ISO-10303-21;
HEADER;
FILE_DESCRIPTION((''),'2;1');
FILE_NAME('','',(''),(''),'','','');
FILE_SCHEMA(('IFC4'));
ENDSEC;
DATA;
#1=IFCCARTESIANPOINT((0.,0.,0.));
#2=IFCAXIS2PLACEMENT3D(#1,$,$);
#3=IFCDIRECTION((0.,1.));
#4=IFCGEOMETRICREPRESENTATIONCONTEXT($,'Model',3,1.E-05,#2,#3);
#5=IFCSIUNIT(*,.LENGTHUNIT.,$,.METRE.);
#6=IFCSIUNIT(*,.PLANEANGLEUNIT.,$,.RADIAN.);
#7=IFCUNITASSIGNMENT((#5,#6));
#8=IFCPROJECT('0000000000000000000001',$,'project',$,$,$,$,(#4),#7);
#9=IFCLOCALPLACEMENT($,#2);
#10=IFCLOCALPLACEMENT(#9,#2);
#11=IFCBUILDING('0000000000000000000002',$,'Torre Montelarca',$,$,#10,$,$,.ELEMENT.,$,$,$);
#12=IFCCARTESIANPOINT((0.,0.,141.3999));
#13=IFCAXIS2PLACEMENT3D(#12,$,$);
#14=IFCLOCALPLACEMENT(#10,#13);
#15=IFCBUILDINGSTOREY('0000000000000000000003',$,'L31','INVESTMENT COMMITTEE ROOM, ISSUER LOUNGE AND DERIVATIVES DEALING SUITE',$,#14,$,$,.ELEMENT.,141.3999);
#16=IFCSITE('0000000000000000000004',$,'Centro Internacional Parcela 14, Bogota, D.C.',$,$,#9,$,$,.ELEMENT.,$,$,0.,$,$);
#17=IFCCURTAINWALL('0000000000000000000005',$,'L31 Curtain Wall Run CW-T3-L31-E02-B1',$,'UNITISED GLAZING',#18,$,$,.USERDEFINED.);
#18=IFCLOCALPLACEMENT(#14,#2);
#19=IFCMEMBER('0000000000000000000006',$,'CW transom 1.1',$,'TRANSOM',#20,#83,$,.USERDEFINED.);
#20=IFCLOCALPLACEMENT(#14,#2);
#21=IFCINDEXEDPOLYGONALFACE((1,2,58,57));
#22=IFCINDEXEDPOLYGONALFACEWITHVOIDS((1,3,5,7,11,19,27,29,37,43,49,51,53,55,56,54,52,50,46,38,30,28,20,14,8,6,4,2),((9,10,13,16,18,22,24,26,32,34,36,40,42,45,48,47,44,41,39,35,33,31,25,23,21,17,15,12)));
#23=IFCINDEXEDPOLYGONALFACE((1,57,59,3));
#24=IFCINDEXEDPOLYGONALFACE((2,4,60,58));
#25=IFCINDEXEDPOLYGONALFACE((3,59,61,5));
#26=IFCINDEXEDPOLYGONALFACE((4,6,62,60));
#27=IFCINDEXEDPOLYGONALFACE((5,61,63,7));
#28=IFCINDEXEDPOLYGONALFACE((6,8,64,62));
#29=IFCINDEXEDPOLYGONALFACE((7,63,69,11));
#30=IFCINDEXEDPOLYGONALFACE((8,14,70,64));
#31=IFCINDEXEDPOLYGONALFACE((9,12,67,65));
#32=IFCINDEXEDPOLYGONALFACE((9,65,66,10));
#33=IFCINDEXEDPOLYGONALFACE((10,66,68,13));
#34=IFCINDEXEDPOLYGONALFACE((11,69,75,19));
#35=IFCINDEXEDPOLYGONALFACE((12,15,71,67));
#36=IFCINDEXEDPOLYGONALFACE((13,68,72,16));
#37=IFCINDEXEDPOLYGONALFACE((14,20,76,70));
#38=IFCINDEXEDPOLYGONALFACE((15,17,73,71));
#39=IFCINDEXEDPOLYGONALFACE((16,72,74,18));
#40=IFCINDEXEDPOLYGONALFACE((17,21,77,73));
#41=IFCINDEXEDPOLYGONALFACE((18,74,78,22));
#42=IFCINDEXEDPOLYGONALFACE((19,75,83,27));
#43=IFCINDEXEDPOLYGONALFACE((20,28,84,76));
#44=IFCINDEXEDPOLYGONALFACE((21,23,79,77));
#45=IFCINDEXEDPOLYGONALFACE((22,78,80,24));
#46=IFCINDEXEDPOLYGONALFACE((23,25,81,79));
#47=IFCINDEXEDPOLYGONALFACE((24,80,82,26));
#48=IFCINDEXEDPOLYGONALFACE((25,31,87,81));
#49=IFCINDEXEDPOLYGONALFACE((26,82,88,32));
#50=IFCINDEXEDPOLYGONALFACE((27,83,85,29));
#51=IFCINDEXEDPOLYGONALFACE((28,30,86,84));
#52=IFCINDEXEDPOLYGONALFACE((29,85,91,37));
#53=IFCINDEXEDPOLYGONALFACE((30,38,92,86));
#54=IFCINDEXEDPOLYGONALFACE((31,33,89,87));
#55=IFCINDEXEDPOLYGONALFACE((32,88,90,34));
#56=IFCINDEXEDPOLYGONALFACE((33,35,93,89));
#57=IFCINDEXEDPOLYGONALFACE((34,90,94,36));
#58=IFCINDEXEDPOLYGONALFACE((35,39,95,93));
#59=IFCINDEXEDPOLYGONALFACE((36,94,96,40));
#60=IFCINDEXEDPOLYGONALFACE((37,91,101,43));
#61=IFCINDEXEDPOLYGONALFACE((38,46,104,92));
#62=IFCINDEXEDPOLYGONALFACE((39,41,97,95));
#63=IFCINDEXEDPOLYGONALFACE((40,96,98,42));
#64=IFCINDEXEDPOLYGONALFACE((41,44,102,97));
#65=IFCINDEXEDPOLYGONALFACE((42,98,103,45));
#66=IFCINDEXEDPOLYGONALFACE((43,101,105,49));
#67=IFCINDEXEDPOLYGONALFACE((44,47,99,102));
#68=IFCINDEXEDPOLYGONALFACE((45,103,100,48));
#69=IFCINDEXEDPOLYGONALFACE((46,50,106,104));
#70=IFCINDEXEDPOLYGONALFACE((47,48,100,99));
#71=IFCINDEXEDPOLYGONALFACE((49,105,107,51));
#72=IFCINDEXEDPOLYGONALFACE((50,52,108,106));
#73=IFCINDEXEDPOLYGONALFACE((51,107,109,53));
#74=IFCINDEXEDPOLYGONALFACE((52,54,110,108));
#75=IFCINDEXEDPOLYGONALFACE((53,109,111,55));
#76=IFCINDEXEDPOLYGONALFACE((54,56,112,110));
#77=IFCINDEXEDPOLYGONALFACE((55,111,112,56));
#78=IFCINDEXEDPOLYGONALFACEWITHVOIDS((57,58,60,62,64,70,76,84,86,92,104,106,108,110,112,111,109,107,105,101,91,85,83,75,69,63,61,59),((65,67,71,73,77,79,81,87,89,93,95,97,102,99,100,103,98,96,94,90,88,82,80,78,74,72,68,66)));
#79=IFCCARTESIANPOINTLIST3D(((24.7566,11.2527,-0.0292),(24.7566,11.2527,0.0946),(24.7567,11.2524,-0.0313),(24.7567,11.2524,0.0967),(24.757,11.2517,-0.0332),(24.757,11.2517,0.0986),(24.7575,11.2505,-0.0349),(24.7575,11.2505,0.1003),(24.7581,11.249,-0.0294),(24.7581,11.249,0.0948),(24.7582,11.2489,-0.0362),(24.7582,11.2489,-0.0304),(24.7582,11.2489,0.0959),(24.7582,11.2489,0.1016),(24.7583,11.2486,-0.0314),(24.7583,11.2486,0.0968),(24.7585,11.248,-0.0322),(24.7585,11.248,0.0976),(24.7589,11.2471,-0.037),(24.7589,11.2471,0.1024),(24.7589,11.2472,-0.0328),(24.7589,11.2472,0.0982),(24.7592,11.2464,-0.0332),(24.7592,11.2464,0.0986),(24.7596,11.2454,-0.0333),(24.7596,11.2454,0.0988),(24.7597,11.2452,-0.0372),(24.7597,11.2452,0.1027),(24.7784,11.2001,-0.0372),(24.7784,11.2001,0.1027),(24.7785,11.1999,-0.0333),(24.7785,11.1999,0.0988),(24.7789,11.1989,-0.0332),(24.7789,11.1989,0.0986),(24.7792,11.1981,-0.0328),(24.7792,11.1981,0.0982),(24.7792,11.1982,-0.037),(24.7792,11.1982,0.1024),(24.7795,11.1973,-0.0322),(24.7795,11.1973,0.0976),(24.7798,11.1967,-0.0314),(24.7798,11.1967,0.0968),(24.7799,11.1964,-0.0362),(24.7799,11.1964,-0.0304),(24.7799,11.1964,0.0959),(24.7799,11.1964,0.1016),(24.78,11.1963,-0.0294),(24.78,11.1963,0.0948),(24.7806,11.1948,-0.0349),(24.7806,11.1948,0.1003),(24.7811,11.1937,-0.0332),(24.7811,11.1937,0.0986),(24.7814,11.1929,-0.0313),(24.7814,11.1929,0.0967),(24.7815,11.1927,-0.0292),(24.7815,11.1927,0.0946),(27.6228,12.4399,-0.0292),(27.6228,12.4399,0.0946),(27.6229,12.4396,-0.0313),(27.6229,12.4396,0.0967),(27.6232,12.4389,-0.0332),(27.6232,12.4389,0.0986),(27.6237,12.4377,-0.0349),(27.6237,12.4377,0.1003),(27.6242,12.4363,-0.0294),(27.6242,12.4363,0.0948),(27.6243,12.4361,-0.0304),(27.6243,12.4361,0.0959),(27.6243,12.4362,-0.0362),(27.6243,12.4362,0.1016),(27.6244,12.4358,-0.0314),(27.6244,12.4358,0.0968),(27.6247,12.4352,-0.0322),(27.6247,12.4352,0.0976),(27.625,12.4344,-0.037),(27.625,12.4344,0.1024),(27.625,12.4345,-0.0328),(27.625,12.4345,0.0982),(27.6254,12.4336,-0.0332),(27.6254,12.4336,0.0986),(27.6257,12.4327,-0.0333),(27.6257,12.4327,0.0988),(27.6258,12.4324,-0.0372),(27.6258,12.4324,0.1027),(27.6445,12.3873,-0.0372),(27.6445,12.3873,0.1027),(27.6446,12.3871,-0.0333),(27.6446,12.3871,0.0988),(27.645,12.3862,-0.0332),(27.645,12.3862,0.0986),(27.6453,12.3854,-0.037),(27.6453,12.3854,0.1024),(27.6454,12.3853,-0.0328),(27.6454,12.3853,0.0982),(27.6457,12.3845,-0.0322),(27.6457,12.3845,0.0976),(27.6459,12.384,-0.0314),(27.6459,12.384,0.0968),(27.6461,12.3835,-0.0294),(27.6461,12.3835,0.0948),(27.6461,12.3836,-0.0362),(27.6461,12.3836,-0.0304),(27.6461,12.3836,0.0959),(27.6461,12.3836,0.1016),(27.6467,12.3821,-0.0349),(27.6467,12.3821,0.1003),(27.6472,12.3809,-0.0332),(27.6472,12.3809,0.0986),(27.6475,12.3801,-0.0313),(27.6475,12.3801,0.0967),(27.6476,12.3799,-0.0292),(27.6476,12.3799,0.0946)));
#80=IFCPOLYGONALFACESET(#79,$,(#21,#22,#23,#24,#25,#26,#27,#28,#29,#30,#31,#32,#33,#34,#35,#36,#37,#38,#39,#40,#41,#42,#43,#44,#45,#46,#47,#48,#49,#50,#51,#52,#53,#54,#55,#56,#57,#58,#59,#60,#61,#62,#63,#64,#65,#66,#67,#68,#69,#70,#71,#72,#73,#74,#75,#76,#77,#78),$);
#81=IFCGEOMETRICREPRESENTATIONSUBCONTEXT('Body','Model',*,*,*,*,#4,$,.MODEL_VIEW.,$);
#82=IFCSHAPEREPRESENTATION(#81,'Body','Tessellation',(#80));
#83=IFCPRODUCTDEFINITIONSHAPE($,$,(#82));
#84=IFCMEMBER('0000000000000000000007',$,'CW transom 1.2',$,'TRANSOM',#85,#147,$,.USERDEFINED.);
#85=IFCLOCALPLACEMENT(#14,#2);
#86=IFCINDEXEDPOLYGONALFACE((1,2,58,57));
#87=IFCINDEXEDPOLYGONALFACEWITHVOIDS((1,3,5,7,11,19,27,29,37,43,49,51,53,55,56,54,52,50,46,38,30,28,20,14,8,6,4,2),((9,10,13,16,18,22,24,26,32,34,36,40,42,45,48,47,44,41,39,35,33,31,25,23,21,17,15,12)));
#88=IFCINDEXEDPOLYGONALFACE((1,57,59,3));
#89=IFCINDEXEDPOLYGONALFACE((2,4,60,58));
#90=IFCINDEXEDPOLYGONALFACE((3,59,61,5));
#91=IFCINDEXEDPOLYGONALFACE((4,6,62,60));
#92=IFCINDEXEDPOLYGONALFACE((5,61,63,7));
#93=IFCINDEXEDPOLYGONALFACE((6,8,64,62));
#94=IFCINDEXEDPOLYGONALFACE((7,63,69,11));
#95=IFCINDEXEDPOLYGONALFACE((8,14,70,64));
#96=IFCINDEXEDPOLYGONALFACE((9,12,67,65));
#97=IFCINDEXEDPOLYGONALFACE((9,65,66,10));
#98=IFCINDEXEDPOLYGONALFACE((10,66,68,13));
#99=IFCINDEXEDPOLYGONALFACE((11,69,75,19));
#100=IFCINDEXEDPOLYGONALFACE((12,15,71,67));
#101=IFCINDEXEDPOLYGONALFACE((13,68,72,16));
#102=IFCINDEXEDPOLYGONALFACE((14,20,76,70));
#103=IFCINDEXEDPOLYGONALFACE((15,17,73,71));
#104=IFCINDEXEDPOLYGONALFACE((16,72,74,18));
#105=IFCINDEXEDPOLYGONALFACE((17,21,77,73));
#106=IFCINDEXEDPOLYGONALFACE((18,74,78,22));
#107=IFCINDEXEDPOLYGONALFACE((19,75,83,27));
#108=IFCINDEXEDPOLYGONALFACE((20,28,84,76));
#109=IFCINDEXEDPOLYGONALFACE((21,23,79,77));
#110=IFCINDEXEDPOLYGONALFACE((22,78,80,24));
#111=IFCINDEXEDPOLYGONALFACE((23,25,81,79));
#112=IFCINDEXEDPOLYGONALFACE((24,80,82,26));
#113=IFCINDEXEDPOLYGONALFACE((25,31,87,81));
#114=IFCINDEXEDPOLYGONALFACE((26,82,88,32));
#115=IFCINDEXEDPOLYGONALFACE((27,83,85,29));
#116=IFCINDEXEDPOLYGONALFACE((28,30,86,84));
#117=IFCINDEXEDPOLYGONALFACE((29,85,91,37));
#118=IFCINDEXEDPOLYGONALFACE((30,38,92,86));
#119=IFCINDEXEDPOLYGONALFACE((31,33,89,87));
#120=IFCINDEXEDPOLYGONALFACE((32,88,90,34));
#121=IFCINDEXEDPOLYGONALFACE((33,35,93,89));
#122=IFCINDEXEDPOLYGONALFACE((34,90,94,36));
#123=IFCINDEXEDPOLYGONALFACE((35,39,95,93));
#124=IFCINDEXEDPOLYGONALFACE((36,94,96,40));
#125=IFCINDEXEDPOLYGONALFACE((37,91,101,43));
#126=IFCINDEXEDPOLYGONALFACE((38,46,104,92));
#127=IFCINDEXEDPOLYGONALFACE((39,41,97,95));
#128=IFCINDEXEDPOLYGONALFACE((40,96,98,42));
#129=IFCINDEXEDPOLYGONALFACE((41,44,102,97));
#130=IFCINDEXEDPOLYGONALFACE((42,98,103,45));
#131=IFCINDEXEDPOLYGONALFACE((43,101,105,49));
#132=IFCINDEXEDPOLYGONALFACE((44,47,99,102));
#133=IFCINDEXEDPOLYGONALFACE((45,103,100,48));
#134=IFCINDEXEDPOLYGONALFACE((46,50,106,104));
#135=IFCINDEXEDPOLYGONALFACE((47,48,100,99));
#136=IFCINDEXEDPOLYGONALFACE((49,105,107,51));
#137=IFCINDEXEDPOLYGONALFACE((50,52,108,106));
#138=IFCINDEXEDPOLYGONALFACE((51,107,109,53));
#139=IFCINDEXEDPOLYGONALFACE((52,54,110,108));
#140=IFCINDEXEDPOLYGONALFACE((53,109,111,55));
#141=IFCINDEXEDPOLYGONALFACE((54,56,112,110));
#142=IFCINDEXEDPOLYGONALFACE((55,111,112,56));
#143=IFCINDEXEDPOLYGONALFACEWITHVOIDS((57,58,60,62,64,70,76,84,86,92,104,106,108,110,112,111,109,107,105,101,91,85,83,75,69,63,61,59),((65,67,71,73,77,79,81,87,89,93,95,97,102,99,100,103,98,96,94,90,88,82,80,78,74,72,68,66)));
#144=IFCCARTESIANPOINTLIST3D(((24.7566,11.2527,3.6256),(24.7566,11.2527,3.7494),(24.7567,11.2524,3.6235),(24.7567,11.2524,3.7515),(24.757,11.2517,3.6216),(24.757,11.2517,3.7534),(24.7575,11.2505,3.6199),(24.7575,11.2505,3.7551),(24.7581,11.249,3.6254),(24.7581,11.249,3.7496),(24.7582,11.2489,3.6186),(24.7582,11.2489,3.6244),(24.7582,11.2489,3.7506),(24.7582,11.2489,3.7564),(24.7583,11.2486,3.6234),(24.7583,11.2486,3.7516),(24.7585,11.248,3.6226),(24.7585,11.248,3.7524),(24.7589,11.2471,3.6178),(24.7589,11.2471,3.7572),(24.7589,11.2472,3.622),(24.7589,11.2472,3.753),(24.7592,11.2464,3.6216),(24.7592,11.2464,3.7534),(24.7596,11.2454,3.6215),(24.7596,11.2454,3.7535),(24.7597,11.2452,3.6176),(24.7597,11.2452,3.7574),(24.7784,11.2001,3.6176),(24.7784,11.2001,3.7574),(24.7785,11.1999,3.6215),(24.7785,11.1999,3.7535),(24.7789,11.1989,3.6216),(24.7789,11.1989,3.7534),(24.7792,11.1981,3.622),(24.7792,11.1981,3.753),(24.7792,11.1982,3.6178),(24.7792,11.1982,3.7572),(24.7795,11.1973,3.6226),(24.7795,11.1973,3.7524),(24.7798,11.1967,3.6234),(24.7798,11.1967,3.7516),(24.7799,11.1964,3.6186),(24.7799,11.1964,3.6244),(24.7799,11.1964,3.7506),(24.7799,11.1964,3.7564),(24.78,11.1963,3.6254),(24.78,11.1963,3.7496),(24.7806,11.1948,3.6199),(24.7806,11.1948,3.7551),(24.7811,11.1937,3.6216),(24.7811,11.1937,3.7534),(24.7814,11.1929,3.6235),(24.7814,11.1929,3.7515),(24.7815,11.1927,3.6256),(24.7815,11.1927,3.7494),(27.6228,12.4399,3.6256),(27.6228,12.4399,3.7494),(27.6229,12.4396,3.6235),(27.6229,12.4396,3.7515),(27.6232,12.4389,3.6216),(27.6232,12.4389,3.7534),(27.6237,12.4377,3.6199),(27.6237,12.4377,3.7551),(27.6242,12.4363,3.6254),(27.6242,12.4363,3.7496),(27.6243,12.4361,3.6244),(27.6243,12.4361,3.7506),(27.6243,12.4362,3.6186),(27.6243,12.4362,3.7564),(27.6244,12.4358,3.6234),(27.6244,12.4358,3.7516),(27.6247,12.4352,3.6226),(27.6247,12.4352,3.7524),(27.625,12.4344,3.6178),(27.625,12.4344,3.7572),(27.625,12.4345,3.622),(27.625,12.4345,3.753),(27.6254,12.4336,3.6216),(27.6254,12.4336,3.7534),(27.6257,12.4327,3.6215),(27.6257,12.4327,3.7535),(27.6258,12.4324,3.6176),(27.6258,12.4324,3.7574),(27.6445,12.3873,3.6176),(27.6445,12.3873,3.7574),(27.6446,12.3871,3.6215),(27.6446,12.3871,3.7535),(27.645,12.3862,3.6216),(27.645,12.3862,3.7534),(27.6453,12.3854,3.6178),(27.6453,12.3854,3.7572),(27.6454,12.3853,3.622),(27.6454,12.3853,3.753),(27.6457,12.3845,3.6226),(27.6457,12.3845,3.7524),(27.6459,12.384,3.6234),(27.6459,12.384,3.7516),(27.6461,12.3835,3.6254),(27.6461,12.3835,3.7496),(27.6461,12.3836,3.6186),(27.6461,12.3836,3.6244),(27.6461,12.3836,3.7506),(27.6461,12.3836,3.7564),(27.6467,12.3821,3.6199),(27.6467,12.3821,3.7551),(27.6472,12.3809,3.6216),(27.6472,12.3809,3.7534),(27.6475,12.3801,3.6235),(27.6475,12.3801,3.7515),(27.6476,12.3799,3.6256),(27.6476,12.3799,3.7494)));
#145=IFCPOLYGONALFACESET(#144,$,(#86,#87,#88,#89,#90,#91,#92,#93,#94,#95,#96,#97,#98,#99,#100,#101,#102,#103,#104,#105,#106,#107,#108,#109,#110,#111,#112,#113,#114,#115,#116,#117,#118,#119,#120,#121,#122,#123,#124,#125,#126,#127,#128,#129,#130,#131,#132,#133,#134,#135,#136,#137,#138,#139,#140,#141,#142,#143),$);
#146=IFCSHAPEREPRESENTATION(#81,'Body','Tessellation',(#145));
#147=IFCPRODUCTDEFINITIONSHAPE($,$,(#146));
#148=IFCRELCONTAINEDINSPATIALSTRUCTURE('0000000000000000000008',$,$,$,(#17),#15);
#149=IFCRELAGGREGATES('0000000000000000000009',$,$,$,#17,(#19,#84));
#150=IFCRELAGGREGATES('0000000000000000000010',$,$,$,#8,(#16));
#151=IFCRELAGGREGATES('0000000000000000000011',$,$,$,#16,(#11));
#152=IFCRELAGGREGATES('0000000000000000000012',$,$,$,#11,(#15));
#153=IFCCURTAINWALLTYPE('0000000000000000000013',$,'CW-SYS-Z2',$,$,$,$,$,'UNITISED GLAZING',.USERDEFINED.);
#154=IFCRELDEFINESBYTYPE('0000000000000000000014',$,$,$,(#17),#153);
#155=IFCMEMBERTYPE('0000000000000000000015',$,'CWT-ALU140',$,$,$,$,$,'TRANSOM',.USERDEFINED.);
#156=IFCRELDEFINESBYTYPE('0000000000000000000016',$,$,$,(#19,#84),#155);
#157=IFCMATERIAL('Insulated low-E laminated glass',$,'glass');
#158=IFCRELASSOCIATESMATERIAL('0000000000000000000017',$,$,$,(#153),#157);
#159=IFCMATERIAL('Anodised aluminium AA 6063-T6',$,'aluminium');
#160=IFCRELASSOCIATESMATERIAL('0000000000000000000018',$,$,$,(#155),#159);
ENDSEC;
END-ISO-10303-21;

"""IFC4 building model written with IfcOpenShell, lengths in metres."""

from ifc_helpers import new_model, si_unit, direction, frame, origin, origin_2d, place, context, subcontext, project, spatial, hollow_rectangle, extrude, source, transform, mapped, material, material_profile, profile_set, type_object, element, aggregate, save


model = new_model("IFC4")

# Units and contexts
model_context = context("Model", 3, precision=1e-05, world=origin(), true_north=direction((0.0, 1.0)))
body_context = subcontext(model_context, "Body", "Model", "MODEL_VIEW")
ifc_project = project(units=[si_unit("LENGTHUNIT", "METRE"), si_unit("PLANEANGLEUNIT", "RADIAN")], contexts=[model_context])

# Site, building, storey
site_placement = place(None, origin())
site = spatial("IfcSite", under=ifc_project, at=site_placement, Name="Centro Internacional Parcela 14, Bogota, D.C.", CompositionType="ELEMENT", RefElevation=0.0)
building_placement = place(site_placement, origin())
building = spatial("IfcBuilding", under=site, at=building_placement, Name="Torre Montelarca", CompositionType="ELEMENT")
storey_placement = place(building_placement, frame((0.0, 0.0, 141.3999)))
storey = spatial("IfcBuildingStorey", under=building, at=storey_placement, Name="L31", Description="INVESTMENT COMMITTEE ROOM, ISSUER LOUNGE AND DERIVATIVES DEALING SUITE", CompositionType="ELEMENT", Elevation=141.3999)

# Curtain wall, members
ifc_material_1 = material(Name="Insulated low-E laminated glass", Category="glass")
curtain_wall_type = type_object("IfcCurtainWallType", Name="CW-SYS-Z2", ElementType="UNITISED GLAZING", PredefinedType="USERDEFINED", material=ifc_material_1)
curtain_wall_1_placement = place(storey_placement, origin())
curtain_wall_1 = element("IfcCurtainWall", 1, at=curtain_wall_1_placement, inside=storey, type_object=curtain_wall_type, Name="L31 Curtain Wall Run CW-T3-L31-E02-B1", ObjectType="UNITISED GLAZING", PredefinedType="USERDEFINED")
ifc_material_2 = material(Name="Anodised aluminium AA 6063-T6", Category="aluminium")
ifc_material_profile_1 = material_profile(ifc_material_2, hollow_rectangle(XDim=0.0649, YDim=0.1399, WallThickness=0.0039, InnerFilletRadius=0.0039, OuterFilletRadius=0.0081, at=origin_2d()), Name="ALU65X140X4", Category="aluminium")
ifc_profile_set_1 = profile_set([ifc_material_profile_1], Name="Anodised aluminium AA 6063-T6")
member_type_1 = type_object("IfcMemberType", Name="CWT-ALU140", ElementType="TRANSOM", PredefinedType="USERDEFINED", material=ifc_profile_set_1)
shared_shape_1 = source(origin(), body_context, "Body", "SweptSolid", [
    extrude(hollow_rectangle(XDim=0.0649, YDim=0.1399, WallThickness=0.0039, InnerFilletRadius=0.0039, OuterFilletRadius=0.0081, at=origin_2d()), origin(), (0.0, 0.0, 1.0), 3.1023),
])
member_1_placement = place(storey_placement, frame((24.769, 11.2227, 0.0327), z_axis=(0.923876, 0.382692, 0.0), x_axis=(-0.382692, 0.923876, 0.0)))
member_1 = element("IfcMember", 2, at=member_1_placement, type_object=member_type_1, Name="CW transom 1.1", ObjectType="TRANSOM", PredefinedType="USERDEFINED", context=body_context, shape_type="MappedRepresentation", body=[
    mapped(shared_shape_1, transform((0.0, 0.0, 0.0), scale=1.0)),
])
member_2_placement = place(storey_placement, frame((24.769, 11.2227, 3.6875), z_axis=(0.923876, 0.382692, 0.0), x_axis=(-0.382692, 0.923876, 0.0)))
member_2 = element("IfcMember", 3, at=member_2_placement, type_object=member_type_1, Name="CW transom 1.2", ObjectType="TRANSOM", PredefinedType="USERDEFINED", context=body_context, shape_type="MappedRepresentation", body=[
    mapped(shared_shape_1, transform((0.0, 0.0, 0.0), scale=1.0)),
])

aggregate(curtain_wall_1, [member_1, member_2])

save(model, "model.ifc")
